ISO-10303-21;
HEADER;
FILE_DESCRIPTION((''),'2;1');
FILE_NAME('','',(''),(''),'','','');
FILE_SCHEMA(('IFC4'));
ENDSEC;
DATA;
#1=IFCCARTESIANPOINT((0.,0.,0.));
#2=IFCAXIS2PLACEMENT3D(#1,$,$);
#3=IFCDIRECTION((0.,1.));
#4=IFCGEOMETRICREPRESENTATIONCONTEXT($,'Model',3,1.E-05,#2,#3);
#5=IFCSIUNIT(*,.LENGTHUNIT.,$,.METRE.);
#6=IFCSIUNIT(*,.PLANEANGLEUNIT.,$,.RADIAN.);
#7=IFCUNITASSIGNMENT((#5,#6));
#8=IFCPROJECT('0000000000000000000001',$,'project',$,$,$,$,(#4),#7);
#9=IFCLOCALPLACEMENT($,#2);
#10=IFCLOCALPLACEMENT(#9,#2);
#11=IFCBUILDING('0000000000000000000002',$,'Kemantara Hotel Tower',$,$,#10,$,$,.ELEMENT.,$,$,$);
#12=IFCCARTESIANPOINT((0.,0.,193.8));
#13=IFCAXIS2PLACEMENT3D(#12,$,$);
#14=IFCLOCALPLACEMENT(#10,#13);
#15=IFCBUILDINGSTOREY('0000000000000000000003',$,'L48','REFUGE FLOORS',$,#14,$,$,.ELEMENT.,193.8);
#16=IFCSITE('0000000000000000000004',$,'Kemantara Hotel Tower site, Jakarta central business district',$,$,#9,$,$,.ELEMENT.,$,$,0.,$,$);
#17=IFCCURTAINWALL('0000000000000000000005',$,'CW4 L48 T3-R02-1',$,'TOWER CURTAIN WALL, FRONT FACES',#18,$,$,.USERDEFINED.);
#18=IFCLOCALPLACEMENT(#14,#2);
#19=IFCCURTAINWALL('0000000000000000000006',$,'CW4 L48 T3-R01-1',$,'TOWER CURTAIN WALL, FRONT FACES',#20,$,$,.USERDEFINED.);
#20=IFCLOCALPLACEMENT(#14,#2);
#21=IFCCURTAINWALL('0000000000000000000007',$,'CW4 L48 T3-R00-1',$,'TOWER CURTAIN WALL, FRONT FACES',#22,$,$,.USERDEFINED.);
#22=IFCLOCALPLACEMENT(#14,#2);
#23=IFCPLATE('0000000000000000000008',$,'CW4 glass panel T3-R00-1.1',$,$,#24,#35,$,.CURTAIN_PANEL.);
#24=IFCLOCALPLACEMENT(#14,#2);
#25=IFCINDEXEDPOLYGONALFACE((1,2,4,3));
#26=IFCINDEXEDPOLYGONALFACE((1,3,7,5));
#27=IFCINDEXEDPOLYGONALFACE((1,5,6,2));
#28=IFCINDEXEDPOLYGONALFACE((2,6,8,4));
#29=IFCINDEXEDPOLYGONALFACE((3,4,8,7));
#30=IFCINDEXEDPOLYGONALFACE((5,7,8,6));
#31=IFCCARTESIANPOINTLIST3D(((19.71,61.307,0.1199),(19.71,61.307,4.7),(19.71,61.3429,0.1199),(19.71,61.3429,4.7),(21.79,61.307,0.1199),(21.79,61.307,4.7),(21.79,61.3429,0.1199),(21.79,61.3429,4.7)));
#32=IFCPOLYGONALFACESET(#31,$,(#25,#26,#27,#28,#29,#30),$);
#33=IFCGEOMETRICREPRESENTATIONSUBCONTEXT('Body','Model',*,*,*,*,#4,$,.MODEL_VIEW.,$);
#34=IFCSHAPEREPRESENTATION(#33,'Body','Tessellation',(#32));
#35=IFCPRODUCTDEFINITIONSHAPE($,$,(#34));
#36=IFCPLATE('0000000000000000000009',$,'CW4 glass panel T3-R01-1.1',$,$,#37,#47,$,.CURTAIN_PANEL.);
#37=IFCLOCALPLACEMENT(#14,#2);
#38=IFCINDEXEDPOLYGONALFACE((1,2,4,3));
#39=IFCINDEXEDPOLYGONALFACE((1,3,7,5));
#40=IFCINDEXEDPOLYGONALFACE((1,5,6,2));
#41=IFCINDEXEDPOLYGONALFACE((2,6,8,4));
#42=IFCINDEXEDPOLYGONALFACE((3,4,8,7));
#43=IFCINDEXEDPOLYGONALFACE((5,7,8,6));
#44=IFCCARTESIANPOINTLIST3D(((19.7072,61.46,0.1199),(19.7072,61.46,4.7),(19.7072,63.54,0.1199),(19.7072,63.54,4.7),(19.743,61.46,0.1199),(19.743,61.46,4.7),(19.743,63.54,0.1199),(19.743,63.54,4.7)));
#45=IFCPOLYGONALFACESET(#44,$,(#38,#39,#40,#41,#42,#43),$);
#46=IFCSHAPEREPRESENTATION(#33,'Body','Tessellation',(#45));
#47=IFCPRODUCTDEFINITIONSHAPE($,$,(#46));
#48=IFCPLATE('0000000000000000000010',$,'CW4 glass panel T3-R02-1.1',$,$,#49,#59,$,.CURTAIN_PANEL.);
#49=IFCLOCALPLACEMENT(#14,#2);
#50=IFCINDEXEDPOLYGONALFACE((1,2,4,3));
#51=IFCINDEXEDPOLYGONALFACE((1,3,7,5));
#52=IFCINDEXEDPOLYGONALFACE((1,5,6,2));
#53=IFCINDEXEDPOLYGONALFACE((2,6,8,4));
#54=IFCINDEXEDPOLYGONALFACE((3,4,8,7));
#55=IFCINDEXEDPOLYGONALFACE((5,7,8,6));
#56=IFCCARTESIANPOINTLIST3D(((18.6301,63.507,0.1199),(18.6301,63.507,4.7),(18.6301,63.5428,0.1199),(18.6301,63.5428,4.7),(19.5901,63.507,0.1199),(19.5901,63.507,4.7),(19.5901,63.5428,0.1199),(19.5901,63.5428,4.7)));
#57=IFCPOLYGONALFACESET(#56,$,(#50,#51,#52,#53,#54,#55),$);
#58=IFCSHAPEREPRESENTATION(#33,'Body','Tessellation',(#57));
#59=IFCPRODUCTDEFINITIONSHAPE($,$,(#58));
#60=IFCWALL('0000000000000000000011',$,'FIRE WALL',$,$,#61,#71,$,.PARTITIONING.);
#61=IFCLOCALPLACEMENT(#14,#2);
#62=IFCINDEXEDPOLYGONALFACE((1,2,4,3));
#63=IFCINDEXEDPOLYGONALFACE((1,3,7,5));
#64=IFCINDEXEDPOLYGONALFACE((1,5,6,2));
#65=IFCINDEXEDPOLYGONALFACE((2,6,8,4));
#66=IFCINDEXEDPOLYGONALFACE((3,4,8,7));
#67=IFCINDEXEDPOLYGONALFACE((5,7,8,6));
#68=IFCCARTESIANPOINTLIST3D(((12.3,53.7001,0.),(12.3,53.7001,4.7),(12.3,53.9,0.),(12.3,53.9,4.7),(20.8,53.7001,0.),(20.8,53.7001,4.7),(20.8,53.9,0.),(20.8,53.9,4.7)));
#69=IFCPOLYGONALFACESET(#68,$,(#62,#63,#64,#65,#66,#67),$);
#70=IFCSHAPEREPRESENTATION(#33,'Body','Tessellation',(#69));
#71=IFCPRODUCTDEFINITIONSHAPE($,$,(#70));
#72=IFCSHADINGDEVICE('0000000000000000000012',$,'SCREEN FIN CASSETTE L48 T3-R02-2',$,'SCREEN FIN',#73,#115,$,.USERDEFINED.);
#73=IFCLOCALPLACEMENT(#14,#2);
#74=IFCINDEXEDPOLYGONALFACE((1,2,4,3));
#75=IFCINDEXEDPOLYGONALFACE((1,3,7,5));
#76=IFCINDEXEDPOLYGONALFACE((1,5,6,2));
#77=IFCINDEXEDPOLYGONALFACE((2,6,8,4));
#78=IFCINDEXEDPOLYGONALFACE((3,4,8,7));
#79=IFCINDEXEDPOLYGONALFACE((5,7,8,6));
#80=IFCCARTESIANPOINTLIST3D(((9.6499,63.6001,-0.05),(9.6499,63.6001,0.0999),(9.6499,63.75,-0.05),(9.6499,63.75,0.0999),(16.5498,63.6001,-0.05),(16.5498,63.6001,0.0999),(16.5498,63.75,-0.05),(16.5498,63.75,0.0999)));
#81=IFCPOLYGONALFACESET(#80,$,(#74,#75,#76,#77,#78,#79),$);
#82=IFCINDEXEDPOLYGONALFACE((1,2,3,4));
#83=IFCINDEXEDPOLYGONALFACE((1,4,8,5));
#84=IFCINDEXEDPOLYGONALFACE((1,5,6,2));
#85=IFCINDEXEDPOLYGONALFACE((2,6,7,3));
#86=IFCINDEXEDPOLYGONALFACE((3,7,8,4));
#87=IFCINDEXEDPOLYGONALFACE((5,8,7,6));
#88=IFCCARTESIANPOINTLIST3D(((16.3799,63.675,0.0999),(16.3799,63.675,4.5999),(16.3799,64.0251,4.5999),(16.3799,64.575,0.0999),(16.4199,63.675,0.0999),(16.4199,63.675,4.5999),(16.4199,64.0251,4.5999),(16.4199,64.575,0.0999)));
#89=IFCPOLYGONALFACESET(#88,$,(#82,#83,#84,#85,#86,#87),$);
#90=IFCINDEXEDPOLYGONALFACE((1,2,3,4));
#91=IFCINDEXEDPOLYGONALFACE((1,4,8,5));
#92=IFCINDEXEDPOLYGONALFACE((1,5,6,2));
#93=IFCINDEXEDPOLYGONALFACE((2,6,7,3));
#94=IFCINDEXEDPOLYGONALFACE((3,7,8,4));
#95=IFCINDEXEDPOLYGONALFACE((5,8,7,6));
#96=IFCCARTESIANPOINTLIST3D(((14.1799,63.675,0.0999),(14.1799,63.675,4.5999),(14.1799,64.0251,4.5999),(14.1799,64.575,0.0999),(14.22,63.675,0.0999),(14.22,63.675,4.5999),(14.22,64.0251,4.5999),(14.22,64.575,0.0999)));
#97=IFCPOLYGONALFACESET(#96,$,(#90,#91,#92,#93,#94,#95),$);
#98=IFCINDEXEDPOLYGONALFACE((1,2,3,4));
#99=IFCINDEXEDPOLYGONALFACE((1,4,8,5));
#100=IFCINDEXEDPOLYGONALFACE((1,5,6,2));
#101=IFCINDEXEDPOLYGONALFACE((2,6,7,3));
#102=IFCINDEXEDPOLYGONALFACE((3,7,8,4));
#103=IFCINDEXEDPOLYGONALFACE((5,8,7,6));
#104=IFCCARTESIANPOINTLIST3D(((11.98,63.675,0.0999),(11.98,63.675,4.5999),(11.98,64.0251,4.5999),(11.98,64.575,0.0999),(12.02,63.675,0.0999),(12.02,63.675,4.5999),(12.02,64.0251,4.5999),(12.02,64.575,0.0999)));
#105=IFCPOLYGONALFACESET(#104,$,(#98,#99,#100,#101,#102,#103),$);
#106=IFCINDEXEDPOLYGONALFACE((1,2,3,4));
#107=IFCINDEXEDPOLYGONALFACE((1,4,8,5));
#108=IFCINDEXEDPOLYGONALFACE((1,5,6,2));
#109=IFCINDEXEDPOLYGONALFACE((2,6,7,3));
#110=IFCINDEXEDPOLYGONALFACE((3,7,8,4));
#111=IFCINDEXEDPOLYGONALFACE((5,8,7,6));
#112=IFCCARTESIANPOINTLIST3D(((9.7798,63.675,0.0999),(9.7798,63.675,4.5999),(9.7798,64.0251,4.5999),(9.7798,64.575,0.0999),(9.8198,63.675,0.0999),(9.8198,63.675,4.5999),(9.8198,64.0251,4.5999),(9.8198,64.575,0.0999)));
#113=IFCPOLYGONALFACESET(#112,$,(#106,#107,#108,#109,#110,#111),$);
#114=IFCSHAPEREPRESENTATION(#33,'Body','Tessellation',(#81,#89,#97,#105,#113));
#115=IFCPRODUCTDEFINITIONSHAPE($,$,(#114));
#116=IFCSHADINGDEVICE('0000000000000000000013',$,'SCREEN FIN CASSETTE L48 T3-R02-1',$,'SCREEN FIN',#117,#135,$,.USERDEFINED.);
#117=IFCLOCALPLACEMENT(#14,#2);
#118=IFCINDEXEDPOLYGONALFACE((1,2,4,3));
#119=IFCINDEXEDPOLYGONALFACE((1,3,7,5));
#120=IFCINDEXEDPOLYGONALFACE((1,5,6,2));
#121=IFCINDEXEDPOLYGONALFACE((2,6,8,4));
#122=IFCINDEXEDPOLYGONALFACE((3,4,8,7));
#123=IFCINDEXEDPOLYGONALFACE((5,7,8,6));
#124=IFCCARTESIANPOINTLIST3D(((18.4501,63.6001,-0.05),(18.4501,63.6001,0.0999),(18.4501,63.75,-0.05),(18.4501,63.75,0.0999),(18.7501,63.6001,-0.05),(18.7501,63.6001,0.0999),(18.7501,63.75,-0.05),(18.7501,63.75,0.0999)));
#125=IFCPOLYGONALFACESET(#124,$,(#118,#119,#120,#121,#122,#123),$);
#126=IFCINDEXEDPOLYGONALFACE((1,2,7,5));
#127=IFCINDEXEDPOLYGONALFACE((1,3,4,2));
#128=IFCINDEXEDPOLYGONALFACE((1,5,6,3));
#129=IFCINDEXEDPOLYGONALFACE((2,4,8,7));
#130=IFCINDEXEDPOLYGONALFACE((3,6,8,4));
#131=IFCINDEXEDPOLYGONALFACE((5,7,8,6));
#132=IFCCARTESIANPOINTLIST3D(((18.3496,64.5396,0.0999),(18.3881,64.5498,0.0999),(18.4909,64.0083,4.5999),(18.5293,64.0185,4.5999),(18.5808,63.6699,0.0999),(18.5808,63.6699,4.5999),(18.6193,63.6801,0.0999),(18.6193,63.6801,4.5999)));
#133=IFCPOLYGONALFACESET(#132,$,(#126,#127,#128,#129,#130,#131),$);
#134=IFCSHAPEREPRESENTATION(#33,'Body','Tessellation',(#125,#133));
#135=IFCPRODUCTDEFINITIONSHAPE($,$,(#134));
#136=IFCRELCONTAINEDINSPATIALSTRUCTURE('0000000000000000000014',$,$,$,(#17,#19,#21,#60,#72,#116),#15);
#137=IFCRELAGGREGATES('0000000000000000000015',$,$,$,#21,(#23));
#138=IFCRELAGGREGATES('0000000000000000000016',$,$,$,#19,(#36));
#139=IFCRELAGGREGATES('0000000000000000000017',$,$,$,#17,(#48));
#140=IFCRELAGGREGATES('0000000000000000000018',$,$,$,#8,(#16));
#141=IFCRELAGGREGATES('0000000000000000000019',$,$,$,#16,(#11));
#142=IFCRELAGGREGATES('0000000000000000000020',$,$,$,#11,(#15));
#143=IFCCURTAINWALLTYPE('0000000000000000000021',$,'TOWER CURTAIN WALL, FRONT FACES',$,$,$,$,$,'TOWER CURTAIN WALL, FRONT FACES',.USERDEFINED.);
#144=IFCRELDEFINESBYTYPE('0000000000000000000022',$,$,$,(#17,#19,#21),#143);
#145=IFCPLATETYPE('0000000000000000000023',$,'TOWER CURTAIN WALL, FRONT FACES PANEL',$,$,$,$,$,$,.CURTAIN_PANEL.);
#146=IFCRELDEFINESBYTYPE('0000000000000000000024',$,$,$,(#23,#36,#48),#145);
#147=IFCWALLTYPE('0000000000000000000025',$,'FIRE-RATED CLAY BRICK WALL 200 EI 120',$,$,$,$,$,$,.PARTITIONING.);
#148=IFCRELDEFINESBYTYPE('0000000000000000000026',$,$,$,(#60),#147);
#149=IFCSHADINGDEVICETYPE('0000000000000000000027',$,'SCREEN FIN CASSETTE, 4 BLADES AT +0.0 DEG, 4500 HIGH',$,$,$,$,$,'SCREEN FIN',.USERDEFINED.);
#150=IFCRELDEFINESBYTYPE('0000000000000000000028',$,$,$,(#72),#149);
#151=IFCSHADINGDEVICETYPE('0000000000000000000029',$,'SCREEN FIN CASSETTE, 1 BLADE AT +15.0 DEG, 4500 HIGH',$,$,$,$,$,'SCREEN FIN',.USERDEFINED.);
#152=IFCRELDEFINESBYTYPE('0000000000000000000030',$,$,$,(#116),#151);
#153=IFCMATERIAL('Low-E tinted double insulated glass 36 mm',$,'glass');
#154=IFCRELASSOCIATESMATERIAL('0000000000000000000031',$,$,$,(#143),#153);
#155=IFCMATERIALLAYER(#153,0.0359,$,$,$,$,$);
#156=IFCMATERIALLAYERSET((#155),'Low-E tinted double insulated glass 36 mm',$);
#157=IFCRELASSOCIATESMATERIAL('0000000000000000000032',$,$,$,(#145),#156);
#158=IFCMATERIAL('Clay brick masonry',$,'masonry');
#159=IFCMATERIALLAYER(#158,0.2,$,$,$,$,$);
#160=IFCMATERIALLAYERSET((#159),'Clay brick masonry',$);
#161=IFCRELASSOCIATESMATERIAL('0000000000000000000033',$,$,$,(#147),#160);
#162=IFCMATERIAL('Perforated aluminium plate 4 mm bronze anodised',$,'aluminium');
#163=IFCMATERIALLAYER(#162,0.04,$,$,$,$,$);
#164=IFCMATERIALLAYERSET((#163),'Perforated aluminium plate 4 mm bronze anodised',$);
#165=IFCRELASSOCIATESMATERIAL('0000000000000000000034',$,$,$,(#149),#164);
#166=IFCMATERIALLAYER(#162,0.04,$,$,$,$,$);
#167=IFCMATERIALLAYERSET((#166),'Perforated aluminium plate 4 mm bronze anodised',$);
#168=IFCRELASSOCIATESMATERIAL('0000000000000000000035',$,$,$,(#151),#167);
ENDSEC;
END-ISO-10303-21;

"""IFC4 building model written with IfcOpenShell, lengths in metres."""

from ifc_helpers import new_model, si_unit, direction, frame, frame_2d, origin, origin_2d, place, context, subcontext, project, spatial, polyline, rectangle, outline, extrude, source, transform, mapped, material, layer, layer_set, type_object, element, aggregate, save


model = new_model("IFC4")

# Units and contexts
model_context = context("Model", 3, precision=1e-05, world=origin(), true_north=direction((0.0, 1.0)))
body_context = subcontext(model_context, "Body", "Model", "MODEL_VIEW")
ifc_project = project(units=[si_unit("LENGTHUNIT", "METRE"), si_unit("PLANEANGLEUNIT", "RADIAN")], contexts=[model_context])

# Site, building, storey
site_placement = place(None, origin())
site = spatial("IfcSite", under=ifc_project, at=site_placement, Name="Kemantara Hotel Tower site, Jakarta central business district", CompositionType="ELEMENT", RefElevation=0.0)
building_placement = place(site_placement, origin())
building = spatial("IfcBuilding", under=site, at=building_placement, Name="Kemantara Hotel Tower", CompositionType="ELEMENT")
storey_placement = place(building_placement, frame((0.0, 0.0, 193.8)))
storey = spatial("IfcBuildingStorey", under=building, at=storey_placement, Name="L48", Description="REFUGE FLOORS", CompositionType="ELEMENT", Elevation=193.8)

# Curtain walls
ifc_material_1 = material(Name="Low-E tinted double insulated glass 36 mm", Category="glass")
curtain_wall_type = type_object("IfcCurtainWallType", Name="TOWER CURTAIN WALL, FRONT FACES", ElementType="TOWER CURTAIN WALL, FRONT FACES", PredefinedType="USERDEFINED", material=ifc_material_1)
curtain_wall_1_placement = place(storey_placement, origin())
curtain_wall_1 = element("IfcCurtainWall", 1, at=curtain_wall_1_placement, inside=storey, type_object=curtain_wall_type, Name="CW4 L48 T3-R02-1", ObjectType="TOWER CURTAIN WALL, FRONT FACES", PredefinedType="USERDEFINED")
curtain_wall_2_placement = place(storey_placement, origin())
curtain_wall_2 = element("IfcCurtainWall", 2, at=curtain_wall_2_placement, inside=storey, type_object=curtain_wall_type, Name="CW4 L48 T3-R01-1", ObjectType="TOWER CURTAIN WALL, FRONT FACES", PredefinedType="USERDEFINED")

# Curtain wall
curtain_wall_3_placement = place(storey_placement, origin())
curtain_wall_3 = element("IfcCurtainWall", 3, at=curtain_wall_3_placement, inside=storey, type_object=curtain_wall_type, Name="CW4 L48 T3-R00-1", ObjectType="TOWER CURTAIN WALL, FRONT FACES", PredefinedType="USERDEFINED")

# Plates
ifc_layer_1 = layer(ifc_material_1, 0.0359)
ifc_layer_set_1 = layer_set([ifc_layer_1], Name="Low-E tinted double insulated glass 36 mm")
plate_type = type_object("IfcPlateType", Name="TOWER CURTAIN WALL, FRONT FACES PANEL", PredefinedType="CURTAIN_PANEL", material=ifc_layer_set_1)
shared_shape_1 = source(origin(), body_context, "Body", "SweptSolid", [
    extrude(rectangle(XDim=2.0801, YDim=0.0359, at=origin_2d()), origin(), (0.0, 0.0, 1.0), 4.5801),
])
plate_1_placement = place(storey_placement, frame((20.75, 61.325, 0.1199), z_axis=(0.0, 0.0, 1.0), x_axis=(-1.0, 0.0, 0.0)))
plate_1 = element("IfcPlate", 4, at=plate_1_placement, type_object=plate_type, Name="CW4 glass panel T3-R00-1.1", PredefinedType="CURTAIN_PANEL", context=body_context, shape_type="MappedRepresentation", body=[
    mapped(shared_shape_1, transform((0.0, 0.0, 0.0))),
])
aggregate(curtain_wall_3, [plate_1])
plate_2_placement = place(storey_placement, frame((19.7251, 62.5, 0.1199), z_axis=(0.0, 0.0, 1.0), x_axis=(0.0, 1.0, 0.0)))
plate_2 = element("IfcPlate", 5, at=plate_2_placement, type_object=plate_type, Name="CW4 glass panel T3-R01-1.1", PredefinedType="CURTAIN_PANEL", context=body_context, shape_type="MappedRepresentation", body=[
    mapped(shared_shape_1, transform((0.0, 0.0, 0.0))),
])
aggregate(curtain_wall_2, [plate_2])
shared_shape_2 = source(origin(), body_context, "Body", "SweptSolid", [
    extrude(rectangle(XDim=0.96, YDim=0.0359, at=origin_2d()), origin(), (0.0, 0.0, 1.0), 4.5801),
])
plate_3_placement = place(storey_placement, frame((19.1101, 63.5249, 0.1199), z_axis=(0.0, 0.0, 1.0), x_axis=(-1.0, 0.0, 0.0)))
plate_3 = element("IfcPlate", 6, at=plate_3_placement, type_object=plate_type, Name="CW4 glass panel T3-R02-1.1", PredefinedType="CURTAIN_PANEL", context=body_context, shape_type="MappedRepresentation", body=[
    mapped(shared_shape_2, transform((0.0, 0.0, 0.0))),
])
aggregate(curtain_wall_1, [plate_3])

# Wall
ifc_material_2 = material(Name="Clay brick masonry", Category="masonry")
ifc_layer_2 = layer(ifc_material_2, 0.2)
ifc_layer_set_2 = layer_set([ifc_layer_2], Name="Clay brick masonry")
wall_type = type_object("IfcWallType", Name="FIRE-RATED CLAY BRICK WALL 200 EI 120", PredefinedType="PARTITIONING", material=ifc_layer_set_2)
wall_placement = place(storey_placement, frame((12.3, 53.8, 0.0), z_axis=(0.0, 0.0, 1.0), x_axis=(1.0, 0.0, 0.0)))
element("IfcWall", 7, at=wall_placement, inside=storey, type_object=wall_type, Name="FIRE WALL", PredefinedType="PARTITIONING", context=body_context, shape_type="SweptSolid", body=[
    extrude(rectangle(XDim=8.5, YDim=0.2, at=frame_2d((4.25, 0.0))), origin(), (0.0, 0.0, 1.0), 4.7),
])

# Shading devices
ifc_material_3 = material(Name="Perforated aluminium plate 4 mm bronze anodised", Category="aluminium")
ifc_layer_3 = layer(ifc_material_3, 0.04)
ifc_layer_set_3 = layer_set([ifc_layer_3], Name="Perforated aluminium plate 4 mm bronze anodised")
shading_device_type_1 = type_object("IfcShadingDeviceType", Name="SCREEN FIN CASSETTE, 4 BLADES AT +0.0 DEG, 4500 HIGH", ElementType="SCREEN FIN", PredefinedType="USERDEFINED", material=ifc_layer_set_3)
shared_shape_3 = source(origin(), body_context, "Body", "SweptSolid", [
    extrude(rectangle(XDim=6.8999, YDim=0.1499, at=origin_2d()), frame((3.3, -0.075, -0.1499), z_axis=(0.0, 0.0, 1.0), x_axis=(1.0, 0.0, 0.0)), (0.0, 0.0, 1.0), 0.1499),
    extrude(outline(polyline([(0.0, 0.0), (0.8999, 0.0), (0.3501, 4.5), (0.0, 4.5), (0.0, 0.0)])), frame((0.02, -0.075, 0.0), z_axis=(-1.0, 0.0, 0.0), x_axis=(0.0, -1.0, 0.0)), (0.0, 0.0, 1.0), 0.04),
    extrude(outline(polyline([(0.0, 0.0), (0.8999, 0.0), (0.3501, 4.5), (0.0, 4.5), (0.0, 0.0)])), frame((2.22, -0.075, 0.0), z_axis=(-1.0, 0.0, 0.0), x_axis=(0.0, -1.0, 0.0)), (0.0, 0.0, 1.0), 0.04),
    extrude(outline(polyline([(0.0, 0.0), (0.8999, 0.0), (0.3501, 4.5), (0.0, 4.5), (0.0, 0.0)])), frame((4.4199, -0.075, 0.0), z_axis=(-1.0, 0.0, 0.0), x_axis=(0.0, -1.0, 0.0)), (0.0, 0.0, 1.0), 0.04),
    extrude(outline(polyline([(0.0, 0.0), (0.8999, 0.0), (0.3501, 4.5), (0.0, 4.5), (0.0, 0.0)])), frame((6.6201, -0.075, 0.0), z_axis=(-1.0, 0.0, 0.0), x_axis=(0.0, -1.0, 0.0)), (0.0, 0.0, 1.0), 0.04),
])
shading_device_1_placement = place(storey_placement, frame((16.3999, 63.6001, 0.0999), z_axis=(0.0, 0.0, 1.0), x_axis=(-1.0, 0.0, 0.0)))
element("IfcShadingDevice", 8, at=shading_device_1_placement, inside=storey, type_object=shading_device_type_1, Name="SCREEN FIN CASSETTE L48 T3-R02-2", ObjectType="SCREEN FIN", PredefinedType="USERDEFINED", context=body_context, shape_type="MappedRepresentation", body=[
    mapped(shared_shape_3, transform((0.0, 0.0, 0.0))),
])
ifc_layer_4 = layer(ifc_material_3, 0.04)
ifc_layer_set_4 = layer_set([ifc_layer_4], Name="Perforated aluminium plate 4 mm bronze anodised")
shading_device_type_2 = type_object("IfcShadingDeviceType", Name="SCREEN FIN CASSETTE, 1 BLADE AT +15.0 DEG, 4500 HIGH", ElementType="SCREEN FIN", PredefinedType="USERDEFINED", material=ifc_layer_set_4)
shared_shape_4 = source(origin(), body_context, "Body", "SweptSolid", [
    extrude(rectangle(XDim=0.3, YDim=0.1499, at=origin_2d()), frame((0.0, -0.075, -0.1499), z_axis=(0.0, 0.0, 1.0), x_axis=(1.0, 0.0, 0.0)), (0.0, 0.0, 1.0), 0.1499),
    extrude(outline(polyline([(0.0, 0.0), (0.8999, 0.0), (0.3501, 4.5), (0.0, 4.5), (0.0, 0.0)])), frame((0.0193, -0.0698, 0.0), z_axis=(-0.966438, -0.256901, 0.0), x_axis=(0.256901, -0.966438, 0.0)), (0.0, 0.0, 1.0), 0.0398),
])
shading_device_2_placement = place(storey_placement, frame((18.6001, 63.6001, 0.0999), z_axis=(0.0, 0.0, 1.0), x_axis=(-1.0, 0.0, 0.0)))
element("IfcShadingDevice", 9, at=shading_device_2_placement, inside=storey, type_object=shading_device_type_2, Name="SCREEN FIN CASSETTE L48 T3-R02-1", ObjectType="SCREEN FIN", PredefinedType="USERDEFINED", context=body_context, shape_type="MappedRepresentation", body=[
    mapped(shared_shape_4, transform((0.0, 0.0, 0.0))),
])

save(model, "model.ifc")
